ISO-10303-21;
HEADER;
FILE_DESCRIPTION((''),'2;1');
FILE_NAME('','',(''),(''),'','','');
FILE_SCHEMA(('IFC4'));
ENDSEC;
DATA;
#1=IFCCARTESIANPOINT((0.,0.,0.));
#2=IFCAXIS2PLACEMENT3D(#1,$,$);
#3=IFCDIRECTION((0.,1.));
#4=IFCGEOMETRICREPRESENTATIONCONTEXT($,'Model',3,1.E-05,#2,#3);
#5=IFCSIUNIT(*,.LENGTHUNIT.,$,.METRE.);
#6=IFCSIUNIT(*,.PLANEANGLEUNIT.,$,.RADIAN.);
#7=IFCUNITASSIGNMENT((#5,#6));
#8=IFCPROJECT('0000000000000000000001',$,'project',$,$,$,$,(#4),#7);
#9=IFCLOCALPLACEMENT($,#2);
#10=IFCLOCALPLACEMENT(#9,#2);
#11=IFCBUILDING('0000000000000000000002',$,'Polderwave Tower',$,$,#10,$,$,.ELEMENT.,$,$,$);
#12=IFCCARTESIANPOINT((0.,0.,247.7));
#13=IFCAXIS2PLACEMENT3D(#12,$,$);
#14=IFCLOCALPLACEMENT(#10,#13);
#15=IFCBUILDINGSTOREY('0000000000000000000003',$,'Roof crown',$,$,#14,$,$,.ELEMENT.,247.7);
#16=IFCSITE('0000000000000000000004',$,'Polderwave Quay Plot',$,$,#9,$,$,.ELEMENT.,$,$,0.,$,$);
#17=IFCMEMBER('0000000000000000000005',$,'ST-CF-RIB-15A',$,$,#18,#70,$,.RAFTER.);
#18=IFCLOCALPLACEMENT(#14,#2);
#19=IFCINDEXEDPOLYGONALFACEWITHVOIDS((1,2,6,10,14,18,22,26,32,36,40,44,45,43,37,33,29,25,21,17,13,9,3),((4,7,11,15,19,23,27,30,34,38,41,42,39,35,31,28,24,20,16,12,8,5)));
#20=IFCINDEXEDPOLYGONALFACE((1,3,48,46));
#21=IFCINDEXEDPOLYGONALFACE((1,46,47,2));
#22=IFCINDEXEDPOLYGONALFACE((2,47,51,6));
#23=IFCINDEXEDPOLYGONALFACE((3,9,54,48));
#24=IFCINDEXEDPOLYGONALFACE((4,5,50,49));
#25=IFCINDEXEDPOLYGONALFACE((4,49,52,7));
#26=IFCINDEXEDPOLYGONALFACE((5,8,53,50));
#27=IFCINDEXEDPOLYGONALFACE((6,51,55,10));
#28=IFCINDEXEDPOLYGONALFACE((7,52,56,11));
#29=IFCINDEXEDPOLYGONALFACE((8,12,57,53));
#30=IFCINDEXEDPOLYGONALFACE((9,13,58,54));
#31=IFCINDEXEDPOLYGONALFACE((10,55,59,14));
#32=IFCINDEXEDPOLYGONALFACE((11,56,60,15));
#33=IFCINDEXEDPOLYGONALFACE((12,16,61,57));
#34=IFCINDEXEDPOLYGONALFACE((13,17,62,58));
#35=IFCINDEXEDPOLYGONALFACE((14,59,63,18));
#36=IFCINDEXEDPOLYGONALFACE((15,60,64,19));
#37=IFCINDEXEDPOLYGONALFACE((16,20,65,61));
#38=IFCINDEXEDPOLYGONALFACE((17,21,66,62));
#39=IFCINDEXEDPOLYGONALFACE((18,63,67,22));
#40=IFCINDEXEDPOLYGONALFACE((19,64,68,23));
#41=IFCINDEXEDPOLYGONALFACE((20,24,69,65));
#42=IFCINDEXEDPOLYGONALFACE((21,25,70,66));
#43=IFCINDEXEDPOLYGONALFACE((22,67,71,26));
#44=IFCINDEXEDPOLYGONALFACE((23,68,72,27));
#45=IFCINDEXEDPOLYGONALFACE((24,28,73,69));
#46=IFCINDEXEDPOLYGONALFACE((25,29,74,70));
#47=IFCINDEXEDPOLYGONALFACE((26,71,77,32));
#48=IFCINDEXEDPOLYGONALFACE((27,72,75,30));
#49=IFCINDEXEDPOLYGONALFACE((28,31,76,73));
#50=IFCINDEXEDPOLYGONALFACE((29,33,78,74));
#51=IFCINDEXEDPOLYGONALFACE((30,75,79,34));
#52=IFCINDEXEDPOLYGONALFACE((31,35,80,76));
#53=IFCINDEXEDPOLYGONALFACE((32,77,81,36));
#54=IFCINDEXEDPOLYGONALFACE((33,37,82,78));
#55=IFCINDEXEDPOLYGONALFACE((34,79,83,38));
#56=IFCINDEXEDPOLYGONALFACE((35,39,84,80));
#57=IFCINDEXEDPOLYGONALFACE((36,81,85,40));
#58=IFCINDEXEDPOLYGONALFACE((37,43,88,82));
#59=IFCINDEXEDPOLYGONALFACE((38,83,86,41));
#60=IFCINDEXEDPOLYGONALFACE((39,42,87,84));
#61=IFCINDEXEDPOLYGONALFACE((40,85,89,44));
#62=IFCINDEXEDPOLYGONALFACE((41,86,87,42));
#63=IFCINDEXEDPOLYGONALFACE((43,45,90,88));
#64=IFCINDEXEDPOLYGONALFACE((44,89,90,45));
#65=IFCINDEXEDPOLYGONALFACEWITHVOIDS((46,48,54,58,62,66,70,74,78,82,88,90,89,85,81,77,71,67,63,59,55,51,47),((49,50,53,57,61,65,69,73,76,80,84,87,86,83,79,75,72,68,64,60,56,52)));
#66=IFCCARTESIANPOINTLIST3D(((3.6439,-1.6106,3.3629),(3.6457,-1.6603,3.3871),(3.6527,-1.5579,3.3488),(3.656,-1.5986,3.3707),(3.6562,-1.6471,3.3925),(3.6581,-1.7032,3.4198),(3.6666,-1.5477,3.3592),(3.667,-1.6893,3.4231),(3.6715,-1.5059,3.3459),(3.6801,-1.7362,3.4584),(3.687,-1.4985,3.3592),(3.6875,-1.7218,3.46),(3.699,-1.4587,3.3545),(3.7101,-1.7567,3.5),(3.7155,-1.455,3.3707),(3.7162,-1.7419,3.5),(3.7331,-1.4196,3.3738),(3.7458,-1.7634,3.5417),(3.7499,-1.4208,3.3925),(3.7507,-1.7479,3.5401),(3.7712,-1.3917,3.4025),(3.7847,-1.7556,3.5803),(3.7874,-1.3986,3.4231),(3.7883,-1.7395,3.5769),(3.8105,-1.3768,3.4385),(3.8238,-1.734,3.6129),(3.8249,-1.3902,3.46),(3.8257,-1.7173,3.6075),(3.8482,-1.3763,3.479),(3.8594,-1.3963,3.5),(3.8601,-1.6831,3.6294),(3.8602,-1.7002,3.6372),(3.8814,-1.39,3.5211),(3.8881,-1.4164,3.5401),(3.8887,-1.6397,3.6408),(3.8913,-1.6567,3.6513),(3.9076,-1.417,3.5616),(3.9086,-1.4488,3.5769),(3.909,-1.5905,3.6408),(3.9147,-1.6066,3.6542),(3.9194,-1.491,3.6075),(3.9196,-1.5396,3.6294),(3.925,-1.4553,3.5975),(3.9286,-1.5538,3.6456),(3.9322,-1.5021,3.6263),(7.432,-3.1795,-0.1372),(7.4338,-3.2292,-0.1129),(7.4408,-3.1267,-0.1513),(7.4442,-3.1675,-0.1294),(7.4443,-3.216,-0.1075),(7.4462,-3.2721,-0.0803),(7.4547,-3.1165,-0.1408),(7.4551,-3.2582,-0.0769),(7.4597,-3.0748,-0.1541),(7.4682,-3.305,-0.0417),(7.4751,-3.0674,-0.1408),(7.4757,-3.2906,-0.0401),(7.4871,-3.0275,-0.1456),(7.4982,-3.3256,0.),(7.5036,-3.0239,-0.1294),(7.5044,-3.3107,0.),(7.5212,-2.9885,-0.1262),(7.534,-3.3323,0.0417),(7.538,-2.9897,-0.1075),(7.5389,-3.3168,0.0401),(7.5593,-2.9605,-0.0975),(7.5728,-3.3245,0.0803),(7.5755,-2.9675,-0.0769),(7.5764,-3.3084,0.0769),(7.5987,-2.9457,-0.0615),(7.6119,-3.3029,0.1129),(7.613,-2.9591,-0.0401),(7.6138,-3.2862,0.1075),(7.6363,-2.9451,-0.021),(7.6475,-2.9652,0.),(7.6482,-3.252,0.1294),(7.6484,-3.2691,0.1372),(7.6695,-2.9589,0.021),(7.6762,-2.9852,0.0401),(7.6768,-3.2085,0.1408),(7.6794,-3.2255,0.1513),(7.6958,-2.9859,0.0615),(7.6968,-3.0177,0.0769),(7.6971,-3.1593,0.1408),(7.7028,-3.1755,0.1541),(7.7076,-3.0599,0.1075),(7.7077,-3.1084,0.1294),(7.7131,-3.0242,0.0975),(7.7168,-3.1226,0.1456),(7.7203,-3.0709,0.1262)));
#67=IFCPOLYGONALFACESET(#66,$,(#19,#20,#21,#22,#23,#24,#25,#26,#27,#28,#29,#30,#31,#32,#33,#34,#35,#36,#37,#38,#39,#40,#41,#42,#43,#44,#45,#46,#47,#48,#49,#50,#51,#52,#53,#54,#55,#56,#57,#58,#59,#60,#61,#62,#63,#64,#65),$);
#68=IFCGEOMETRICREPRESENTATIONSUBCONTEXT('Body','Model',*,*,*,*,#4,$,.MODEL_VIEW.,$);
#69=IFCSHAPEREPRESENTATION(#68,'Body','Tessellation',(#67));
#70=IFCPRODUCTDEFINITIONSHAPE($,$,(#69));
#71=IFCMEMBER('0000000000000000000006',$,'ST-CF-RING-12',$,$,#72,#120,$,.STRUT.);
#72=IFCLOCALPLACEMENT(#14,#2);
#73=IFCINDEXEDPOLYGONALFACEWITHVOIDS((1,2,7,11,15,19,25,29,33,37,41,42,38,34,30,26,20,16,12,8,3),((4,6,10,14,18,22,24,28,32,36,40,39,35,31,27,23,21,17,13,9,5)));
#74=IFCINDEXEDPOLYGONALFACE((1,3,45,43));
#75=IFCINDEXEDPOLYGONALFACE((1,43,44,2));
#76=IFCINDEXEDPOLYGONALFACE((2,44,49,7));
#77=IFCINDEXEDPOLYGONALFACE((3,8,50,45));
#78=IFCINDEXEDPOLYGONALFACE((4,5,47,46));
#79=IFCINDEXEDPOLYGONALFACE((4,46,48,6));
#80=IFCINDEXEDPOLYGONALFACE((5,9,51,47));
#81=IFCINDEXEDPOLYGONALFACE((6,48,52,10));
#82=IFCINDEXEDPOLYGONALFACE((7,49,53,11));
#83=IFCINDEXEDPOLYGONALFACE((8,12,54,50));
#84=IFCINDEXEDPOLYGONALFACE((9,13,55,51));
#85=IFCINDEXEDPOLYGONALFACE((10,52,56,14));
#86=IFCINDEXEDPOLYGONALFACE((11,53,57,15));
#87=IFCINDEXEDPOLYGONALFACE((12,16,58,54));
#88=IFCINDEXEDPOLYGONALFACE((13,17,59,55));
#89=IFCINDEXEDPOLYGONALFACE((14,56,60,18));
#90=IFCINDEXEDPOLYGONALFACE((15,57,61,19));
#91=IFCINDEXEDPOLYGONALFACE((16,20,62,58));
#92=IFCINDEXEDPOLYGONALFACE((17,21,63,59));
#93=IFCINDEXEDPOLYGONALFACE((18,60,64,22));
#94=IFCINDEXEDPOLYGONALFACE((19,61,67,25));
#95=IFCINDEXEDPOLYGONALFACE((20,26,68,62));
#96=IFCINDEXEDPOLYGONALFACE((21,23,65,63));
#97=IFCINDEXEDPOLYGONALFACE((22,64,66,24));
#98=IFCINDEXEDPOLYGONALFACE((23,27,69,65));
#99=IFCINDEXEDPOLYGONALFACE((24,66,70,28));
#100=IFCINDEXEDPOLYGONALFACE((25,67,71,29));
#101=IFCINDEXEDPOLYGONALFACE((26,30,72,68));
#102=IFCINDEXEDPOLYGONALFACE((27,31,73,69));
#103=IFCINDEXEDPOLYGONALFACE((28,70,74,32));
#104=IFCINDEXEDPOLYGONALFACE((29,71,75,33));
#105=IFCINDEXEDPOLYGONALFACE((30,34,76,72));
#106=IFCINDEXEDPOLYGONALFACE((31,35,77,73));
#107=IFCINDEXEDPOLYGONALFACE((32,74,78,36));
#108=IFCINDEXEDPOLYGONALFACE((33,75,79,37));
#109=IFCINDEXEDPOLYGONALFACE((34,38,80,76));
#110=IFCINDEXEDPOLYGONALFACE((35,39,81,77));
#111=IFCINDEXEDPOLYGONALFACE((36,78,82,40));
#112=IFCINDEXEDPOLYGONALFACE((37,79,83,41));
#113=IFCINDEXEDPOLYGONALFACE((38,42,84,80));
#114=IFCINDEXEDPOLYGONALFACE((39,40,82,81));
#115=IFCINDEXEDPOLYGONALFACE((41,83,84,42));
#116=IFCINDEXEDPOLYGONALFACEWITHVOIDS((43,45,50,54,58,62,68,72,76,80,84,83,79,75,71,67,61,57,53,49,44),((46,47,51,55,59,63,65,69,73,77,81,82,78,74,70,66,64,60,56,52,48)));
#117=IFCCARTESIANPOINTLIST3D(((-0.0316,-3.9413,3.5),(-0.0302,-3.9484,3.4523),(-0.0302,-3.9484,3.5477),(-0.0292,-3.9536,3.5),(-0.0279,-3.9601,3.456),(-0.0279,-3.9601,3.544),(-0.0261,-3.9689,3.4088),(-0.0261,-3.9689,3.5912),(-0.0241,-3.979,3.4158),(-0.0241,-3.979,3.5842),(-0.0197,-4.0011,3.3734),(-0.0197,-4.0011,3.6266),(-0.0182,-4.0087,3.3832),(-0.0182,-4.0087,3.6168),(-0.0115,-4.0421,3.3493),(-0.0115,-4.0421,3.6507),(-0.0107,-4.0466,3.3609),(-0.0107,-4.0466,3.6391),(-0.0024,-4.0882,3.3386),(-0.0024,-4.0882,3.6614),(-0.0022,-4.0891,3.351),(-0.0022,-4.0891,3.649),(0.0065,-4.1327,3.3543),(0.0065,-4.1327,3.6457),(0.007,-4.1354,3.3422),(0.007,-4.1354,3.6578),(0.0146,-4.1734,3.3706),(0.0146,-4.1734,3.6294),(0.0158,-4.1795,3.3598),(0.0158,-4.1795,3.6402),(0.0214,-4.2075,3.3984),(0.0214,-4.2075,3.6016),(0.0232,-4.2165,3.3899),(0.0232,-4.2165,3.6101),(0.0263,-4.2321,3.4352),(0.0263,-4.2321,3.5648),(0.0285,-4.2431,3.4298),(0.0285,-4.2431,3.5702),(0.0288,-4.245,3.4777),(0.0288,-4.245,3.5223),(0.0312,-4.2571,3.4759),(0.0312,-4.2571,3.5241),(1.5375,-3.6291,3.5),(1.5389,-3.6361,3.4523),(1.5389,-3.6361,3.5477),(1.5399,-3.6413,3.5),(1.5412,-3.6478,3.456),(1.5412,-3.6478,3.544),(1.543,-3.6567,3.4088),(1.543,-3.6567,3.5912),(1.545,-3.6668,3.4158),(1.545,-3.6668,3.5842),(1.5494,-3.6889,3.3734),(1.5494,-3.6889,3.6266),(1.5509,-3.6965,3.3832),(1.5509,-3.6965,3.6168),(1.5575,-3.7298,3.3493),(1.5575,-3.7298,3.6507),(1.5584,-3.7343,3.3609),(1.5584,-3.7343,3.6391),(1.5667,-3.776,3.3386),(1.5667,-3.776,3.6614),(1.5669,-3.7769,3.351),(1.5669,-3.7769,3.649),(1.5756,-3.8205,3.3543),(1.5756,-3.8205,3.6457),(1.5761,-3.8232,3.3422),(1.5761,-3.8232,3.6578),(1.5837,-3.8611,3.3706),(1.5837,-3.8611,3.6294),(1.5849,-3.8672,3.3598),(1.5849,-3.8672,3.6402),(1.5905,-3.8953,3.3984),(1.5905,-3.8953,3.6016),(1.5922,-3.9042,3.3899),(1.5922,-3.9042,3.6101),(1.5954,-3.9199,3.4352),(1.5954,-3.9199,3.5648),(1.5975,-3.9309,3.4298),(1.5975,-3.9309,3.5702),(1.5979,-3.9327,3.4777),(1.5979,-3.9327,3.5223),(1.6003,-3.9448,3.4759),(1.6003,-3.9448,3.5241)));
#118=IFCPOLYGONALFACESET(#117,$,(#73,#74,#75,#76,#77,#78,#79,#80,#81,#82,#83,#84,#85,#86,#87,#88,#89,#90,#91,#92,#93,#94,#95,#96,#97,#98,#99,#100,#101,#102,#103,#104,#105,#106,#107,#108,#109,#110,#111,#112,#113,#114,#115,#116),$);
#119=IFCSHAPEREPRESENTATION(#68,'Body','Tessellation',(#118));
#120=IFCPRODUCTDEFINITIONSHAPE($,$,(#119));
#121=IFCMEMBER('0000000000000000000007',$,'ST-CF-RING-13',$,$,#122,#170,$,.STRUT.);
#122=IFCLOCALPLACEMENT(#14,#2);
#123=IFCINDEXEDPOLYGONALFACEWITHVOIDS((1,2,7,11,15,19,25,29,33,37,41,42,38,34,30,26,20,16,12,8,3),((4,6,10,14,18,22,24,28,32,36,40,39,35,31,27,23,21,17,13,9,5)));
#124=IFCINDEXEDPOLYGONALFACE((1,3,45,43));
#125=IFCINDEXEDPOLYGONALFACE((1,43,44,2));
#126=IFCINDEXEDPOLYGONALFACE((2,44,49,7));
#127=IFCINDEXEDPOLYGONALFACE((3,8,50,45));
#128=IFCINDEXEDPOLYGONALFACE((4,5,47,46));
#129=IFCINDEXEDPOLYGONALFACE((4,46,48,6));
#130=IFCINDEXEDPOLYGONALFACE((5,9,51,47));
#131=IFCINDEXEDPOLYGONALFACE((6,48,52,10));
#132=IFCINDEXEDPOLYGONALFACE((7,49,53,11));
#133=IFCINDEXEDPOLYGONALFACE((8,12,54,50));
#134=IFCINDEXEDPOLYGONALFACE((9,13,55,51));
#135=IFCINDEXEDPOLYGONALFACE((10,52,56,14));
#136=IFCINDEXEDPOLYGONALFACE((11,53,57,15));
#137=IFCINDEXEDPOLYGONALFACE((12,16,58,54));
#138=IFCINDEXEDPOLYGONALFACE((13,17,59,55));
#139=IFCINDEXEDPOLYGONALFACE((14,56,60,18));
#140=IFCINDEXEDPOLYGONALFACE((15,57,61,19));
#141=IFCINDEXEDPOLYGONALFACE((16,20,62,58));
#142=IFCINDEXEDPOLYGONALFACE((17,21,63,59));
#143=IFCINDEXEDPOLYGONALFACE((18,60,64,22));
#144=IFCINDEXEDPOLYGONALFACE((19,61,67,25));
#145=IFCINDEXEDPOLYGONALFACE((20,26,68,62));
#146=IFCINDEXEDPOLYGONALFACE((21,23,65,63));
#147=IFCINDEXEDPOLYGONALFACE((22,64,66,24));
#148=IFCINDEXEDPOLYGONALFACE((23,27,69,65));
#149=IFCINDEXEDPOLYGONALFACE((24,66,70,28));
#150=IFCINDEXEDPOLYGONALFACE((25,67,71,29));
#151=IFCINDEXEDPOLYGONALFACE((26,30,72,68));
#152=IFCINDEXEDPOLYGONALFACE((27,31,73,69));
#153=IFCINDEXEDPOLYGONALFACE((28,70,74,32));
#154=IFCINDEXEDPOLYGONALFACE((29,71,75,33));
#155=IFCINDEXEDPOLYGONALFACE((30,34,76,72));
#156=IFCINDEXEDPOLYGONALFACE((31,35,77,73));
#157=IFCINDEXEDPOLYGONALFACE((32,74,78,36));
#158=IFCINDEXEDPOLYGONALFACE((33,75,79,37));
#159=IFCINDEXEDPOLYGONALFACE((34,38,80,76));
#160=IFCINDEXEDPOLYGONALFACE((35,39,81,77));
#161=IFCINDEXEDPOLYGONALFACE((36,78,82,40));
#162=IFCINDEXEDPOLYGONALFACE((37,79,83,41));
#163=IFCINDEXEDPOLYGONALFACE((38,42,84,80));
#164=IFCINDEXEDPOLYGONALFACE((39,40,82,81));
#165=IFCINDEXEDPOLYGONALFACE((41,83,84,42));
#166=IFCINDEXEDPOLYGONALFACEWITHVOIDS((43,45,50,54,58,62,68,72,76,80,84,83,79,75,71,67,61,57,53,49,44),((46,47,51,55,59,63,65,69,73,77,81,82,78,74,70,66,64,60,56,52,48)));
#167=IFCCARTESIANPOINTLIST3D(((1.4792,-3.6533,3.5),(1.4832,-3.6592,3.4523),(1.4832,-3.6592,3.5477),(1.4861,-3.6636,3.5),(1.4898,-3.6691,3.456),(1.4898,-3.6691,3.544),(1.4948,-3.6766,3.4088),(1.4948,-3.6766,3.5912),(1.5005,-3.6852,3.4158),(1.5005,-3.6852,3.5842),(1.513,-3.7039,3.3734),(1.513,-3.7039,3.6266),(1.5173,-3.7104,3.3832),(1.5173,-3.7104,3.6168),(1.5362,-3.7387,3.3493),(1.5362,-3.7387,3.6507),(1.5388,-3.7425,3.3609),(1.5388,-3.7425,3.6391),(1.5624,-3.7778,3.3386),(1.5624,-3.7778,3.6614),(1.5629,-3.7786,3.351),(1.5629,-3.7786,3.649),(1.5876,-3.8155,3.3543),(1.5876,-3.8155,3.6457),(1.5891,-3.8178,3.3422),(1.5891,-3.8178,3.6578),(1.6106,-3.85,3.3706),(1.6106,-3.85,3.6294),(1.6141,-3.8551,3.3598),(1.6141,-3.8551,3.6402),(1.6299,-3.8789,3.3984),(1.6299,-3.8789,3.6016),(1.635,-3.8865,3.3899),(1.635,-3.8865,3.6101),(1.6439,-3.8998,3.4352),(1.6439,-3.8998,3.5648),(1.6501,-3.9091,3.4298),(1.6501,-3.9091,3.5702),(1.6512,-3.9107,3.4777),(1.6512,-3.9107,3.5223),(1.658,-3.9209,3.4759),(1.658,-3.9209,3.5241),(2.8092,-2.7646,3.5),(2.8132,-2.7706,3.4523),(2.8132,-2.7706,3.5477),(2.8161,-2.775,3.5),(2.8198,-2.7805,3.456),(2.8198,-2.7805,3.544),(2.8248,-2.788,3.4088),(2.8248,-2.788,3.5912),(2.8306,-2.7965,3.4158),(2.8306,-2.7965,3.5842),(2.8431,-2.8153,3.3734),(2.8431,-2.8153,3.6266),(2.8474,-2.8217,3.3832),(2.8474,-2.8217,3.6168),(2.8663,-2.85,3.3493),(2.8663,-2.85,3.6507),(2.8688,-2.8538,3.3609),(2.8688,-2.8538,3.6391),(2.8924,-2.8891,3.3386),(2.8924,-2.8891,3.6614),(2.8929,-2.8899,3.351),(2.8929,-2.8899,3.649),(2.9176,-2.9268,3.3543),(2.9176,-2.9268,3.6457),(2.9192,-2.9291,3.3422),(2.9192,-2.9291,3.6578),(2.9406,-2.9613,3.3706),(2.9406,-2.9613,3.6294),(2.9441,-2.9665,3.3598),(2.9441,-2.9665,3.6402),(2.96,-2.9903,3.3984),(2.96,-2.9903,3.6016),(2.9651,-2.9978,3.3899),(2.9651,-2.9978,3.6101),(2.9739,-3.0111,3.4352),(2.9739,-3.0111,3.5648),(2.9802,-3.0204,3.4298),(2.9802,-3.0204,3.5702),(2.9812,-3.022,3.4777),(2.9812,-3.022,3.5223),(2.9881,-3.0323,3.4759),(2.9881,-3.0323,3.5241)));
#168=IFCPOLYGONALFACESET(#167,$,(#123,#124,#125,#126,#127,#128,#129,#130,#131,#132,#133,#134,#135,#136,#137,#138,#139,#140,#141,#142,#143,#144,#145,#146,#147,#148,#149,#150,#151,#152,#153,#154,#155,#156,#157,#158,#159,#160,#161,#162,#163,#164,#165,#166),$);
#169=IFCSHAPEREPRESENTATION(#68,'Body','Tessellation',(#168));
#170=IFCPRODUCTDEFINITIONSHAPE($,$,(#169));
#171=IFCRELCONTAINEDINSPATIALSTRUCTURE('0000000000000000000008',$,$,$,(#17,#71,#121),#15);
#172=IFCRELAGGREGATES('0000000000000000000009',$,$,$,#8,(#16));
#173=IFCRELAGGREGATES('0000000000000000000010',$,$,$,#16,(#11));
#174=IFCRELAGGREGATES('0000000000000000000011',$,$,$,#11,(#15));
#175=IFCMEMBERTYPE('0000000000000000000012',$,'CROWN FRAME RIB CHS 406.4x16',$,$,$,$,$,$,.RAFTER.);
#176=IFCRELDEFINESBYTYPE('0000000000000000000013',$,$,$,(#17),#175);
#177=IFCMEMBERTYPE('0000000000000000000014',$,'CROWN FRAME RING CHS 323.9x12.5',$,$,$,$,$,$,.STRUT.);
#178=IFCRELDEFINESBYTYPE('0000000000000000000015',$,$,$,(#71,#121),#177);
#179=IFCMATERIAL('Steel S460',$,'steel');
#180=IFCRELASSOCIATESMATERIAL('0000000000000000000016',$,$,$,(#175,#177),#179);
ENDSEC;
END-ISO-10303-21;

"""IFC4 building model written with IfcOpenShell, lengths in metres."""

from ifc_helpers import new_model, si_unit, direction, frame, origin, origin_2d, place, context, subcontext, project, spatial, hollow_circle, extrude, material, material_profile, profile_set, type_object, element, save


model = new_model("IFC4")

# Units and contexts
model_context = context("Model", 3, precision=1e-05, world=origin(), true_north=direction((0.0, 1.0)))
body_context = subcontext(model_context, "Body", "Model", "MODEL_VIEW")
ifc_project = project(units=[si_unit("LENGTHUNIT", "METRE"), si_unit("PLANEANGLEUNIT", "RADIAN")], contexts=[model_context])

# Site, building, storey
site_placement = place(None, origin())
site = spatial("IfcSite", under=ifc_project, at=site_placement, Name="Polderwave Quay Plot", CompositionType="ELEMENT", RefElevation=0.0)
building_placement = place(site_placement, origin())
building = spatial("IfcBuilding", under=site, at=building_placement, Name="Polderwave Tower", CompositionType="ELEMENT")
storey_placement = place(building_placement, frame((0.0, 0.0, 247.7)))
storey = spatial("IfcBuildingStorey", under=building, at=storey_placement, Name="Roof crown", CompositionType="ELEMENT", Elevation=247.7)

# Members
ifc_material_1 = material(Name="Steel S460", Category="steel")
ifc_material_profile_1 = material_profile(ifc_material_1, hollow_circle(Radius=0.2031, WallThickness=0.0161, at=origin_2d()), Name="CHS 406.4x16")
ifc_profile_set_1 = profile_set([ifc_material_profile_1], Name="Steel S460")
member_type_1 = type_object("IfcMemberType", Name="CROWN FRAME RIB CHS 406.4x16", PredefinedType="RAFTER", material=ifc_profile_set_1)
for number, where, z_axis, x_axis, name in (
    (1, (7.5759, -3.1379, 0.0), (-0.702693, 0.291022, 0.649253), (-0.382636, -0.923899, 0.0), "ST-CF-RIB-15A"),
):
    element("IfcMember", number, at=place(storey_placement, frame(where, z_axis=z_axis, x_axis=x_axis)), inside=storey, type_object=member_type_1, Name=name, PredefinedType="RAFTER", context=body_context, shape_type="SweptSolid", body=[
        extrude(hollow_circle(Radius=0.2031, WallThickness=0.0161, at=origin_2d()), origin(), (0.0, 0.0, 1.0), 5.3909),
    ])
ifc_material_profile_2 = material_profile(ifc_material_1, hollow_circle(Radius=0.1619, WallThickness=0.0125, at=origin_2d()), Name="CHS 323.9x12.5")
ifc_profile_set_2 = profile_set([ifc_material_profile_2], Name="Steel S460")
member_type_2 = type_object("IfcMemberType", Name="CROWN FRAME RING CHS 323.9x12.5", PredefinedType="STRUT", material=ifc_profile_set_2)
member_1_placement = place(storey_placement, frame((0.0, -4.1001, 3.5), z_axis=(0.980768, 0.195177, 0.0), x_axis=(-0.195177, 0.980768, 0.0)))
element("IfcMember", 2, at=member_1_placement, inside=storey, type_object=member_type_2, Name="ST-CF-RING-12", PredefinedType="STRUT", context=body_context, shape_type="SweptSolid", body=[
    extrude(hollow_circle(Radius=0.1619, WallThickness=0.0125, at=origin_2d()), origin(), (0.0, 0.0, 1.0), 1.5999),
])
for number, where, z_axis, x_axis, name in (
    (3, (1.5691, -3.7878, 3.5), (0.831486, 0.555545, 0.0), (-0.555545, 0.831486, 0.0), "ST-CF-RING-13"),
):
    element("IfcMember", number, at=place(storey_placement, frame(where, z_axis=z_axis, x_axis=x_axis)), inside=storey, type_object=member_type_2, Name=name, PredefinedType="STRUT", context=body_context, shape_type="SweptSolid", body=[
        extrude(hollow_circle(Radius=0.1619, WallThickness=0.0125, at=origin_2d()), origin(), (0.0, 0.0, 1.0), 1.5996),
    ])

save(model, "model.ifc")
